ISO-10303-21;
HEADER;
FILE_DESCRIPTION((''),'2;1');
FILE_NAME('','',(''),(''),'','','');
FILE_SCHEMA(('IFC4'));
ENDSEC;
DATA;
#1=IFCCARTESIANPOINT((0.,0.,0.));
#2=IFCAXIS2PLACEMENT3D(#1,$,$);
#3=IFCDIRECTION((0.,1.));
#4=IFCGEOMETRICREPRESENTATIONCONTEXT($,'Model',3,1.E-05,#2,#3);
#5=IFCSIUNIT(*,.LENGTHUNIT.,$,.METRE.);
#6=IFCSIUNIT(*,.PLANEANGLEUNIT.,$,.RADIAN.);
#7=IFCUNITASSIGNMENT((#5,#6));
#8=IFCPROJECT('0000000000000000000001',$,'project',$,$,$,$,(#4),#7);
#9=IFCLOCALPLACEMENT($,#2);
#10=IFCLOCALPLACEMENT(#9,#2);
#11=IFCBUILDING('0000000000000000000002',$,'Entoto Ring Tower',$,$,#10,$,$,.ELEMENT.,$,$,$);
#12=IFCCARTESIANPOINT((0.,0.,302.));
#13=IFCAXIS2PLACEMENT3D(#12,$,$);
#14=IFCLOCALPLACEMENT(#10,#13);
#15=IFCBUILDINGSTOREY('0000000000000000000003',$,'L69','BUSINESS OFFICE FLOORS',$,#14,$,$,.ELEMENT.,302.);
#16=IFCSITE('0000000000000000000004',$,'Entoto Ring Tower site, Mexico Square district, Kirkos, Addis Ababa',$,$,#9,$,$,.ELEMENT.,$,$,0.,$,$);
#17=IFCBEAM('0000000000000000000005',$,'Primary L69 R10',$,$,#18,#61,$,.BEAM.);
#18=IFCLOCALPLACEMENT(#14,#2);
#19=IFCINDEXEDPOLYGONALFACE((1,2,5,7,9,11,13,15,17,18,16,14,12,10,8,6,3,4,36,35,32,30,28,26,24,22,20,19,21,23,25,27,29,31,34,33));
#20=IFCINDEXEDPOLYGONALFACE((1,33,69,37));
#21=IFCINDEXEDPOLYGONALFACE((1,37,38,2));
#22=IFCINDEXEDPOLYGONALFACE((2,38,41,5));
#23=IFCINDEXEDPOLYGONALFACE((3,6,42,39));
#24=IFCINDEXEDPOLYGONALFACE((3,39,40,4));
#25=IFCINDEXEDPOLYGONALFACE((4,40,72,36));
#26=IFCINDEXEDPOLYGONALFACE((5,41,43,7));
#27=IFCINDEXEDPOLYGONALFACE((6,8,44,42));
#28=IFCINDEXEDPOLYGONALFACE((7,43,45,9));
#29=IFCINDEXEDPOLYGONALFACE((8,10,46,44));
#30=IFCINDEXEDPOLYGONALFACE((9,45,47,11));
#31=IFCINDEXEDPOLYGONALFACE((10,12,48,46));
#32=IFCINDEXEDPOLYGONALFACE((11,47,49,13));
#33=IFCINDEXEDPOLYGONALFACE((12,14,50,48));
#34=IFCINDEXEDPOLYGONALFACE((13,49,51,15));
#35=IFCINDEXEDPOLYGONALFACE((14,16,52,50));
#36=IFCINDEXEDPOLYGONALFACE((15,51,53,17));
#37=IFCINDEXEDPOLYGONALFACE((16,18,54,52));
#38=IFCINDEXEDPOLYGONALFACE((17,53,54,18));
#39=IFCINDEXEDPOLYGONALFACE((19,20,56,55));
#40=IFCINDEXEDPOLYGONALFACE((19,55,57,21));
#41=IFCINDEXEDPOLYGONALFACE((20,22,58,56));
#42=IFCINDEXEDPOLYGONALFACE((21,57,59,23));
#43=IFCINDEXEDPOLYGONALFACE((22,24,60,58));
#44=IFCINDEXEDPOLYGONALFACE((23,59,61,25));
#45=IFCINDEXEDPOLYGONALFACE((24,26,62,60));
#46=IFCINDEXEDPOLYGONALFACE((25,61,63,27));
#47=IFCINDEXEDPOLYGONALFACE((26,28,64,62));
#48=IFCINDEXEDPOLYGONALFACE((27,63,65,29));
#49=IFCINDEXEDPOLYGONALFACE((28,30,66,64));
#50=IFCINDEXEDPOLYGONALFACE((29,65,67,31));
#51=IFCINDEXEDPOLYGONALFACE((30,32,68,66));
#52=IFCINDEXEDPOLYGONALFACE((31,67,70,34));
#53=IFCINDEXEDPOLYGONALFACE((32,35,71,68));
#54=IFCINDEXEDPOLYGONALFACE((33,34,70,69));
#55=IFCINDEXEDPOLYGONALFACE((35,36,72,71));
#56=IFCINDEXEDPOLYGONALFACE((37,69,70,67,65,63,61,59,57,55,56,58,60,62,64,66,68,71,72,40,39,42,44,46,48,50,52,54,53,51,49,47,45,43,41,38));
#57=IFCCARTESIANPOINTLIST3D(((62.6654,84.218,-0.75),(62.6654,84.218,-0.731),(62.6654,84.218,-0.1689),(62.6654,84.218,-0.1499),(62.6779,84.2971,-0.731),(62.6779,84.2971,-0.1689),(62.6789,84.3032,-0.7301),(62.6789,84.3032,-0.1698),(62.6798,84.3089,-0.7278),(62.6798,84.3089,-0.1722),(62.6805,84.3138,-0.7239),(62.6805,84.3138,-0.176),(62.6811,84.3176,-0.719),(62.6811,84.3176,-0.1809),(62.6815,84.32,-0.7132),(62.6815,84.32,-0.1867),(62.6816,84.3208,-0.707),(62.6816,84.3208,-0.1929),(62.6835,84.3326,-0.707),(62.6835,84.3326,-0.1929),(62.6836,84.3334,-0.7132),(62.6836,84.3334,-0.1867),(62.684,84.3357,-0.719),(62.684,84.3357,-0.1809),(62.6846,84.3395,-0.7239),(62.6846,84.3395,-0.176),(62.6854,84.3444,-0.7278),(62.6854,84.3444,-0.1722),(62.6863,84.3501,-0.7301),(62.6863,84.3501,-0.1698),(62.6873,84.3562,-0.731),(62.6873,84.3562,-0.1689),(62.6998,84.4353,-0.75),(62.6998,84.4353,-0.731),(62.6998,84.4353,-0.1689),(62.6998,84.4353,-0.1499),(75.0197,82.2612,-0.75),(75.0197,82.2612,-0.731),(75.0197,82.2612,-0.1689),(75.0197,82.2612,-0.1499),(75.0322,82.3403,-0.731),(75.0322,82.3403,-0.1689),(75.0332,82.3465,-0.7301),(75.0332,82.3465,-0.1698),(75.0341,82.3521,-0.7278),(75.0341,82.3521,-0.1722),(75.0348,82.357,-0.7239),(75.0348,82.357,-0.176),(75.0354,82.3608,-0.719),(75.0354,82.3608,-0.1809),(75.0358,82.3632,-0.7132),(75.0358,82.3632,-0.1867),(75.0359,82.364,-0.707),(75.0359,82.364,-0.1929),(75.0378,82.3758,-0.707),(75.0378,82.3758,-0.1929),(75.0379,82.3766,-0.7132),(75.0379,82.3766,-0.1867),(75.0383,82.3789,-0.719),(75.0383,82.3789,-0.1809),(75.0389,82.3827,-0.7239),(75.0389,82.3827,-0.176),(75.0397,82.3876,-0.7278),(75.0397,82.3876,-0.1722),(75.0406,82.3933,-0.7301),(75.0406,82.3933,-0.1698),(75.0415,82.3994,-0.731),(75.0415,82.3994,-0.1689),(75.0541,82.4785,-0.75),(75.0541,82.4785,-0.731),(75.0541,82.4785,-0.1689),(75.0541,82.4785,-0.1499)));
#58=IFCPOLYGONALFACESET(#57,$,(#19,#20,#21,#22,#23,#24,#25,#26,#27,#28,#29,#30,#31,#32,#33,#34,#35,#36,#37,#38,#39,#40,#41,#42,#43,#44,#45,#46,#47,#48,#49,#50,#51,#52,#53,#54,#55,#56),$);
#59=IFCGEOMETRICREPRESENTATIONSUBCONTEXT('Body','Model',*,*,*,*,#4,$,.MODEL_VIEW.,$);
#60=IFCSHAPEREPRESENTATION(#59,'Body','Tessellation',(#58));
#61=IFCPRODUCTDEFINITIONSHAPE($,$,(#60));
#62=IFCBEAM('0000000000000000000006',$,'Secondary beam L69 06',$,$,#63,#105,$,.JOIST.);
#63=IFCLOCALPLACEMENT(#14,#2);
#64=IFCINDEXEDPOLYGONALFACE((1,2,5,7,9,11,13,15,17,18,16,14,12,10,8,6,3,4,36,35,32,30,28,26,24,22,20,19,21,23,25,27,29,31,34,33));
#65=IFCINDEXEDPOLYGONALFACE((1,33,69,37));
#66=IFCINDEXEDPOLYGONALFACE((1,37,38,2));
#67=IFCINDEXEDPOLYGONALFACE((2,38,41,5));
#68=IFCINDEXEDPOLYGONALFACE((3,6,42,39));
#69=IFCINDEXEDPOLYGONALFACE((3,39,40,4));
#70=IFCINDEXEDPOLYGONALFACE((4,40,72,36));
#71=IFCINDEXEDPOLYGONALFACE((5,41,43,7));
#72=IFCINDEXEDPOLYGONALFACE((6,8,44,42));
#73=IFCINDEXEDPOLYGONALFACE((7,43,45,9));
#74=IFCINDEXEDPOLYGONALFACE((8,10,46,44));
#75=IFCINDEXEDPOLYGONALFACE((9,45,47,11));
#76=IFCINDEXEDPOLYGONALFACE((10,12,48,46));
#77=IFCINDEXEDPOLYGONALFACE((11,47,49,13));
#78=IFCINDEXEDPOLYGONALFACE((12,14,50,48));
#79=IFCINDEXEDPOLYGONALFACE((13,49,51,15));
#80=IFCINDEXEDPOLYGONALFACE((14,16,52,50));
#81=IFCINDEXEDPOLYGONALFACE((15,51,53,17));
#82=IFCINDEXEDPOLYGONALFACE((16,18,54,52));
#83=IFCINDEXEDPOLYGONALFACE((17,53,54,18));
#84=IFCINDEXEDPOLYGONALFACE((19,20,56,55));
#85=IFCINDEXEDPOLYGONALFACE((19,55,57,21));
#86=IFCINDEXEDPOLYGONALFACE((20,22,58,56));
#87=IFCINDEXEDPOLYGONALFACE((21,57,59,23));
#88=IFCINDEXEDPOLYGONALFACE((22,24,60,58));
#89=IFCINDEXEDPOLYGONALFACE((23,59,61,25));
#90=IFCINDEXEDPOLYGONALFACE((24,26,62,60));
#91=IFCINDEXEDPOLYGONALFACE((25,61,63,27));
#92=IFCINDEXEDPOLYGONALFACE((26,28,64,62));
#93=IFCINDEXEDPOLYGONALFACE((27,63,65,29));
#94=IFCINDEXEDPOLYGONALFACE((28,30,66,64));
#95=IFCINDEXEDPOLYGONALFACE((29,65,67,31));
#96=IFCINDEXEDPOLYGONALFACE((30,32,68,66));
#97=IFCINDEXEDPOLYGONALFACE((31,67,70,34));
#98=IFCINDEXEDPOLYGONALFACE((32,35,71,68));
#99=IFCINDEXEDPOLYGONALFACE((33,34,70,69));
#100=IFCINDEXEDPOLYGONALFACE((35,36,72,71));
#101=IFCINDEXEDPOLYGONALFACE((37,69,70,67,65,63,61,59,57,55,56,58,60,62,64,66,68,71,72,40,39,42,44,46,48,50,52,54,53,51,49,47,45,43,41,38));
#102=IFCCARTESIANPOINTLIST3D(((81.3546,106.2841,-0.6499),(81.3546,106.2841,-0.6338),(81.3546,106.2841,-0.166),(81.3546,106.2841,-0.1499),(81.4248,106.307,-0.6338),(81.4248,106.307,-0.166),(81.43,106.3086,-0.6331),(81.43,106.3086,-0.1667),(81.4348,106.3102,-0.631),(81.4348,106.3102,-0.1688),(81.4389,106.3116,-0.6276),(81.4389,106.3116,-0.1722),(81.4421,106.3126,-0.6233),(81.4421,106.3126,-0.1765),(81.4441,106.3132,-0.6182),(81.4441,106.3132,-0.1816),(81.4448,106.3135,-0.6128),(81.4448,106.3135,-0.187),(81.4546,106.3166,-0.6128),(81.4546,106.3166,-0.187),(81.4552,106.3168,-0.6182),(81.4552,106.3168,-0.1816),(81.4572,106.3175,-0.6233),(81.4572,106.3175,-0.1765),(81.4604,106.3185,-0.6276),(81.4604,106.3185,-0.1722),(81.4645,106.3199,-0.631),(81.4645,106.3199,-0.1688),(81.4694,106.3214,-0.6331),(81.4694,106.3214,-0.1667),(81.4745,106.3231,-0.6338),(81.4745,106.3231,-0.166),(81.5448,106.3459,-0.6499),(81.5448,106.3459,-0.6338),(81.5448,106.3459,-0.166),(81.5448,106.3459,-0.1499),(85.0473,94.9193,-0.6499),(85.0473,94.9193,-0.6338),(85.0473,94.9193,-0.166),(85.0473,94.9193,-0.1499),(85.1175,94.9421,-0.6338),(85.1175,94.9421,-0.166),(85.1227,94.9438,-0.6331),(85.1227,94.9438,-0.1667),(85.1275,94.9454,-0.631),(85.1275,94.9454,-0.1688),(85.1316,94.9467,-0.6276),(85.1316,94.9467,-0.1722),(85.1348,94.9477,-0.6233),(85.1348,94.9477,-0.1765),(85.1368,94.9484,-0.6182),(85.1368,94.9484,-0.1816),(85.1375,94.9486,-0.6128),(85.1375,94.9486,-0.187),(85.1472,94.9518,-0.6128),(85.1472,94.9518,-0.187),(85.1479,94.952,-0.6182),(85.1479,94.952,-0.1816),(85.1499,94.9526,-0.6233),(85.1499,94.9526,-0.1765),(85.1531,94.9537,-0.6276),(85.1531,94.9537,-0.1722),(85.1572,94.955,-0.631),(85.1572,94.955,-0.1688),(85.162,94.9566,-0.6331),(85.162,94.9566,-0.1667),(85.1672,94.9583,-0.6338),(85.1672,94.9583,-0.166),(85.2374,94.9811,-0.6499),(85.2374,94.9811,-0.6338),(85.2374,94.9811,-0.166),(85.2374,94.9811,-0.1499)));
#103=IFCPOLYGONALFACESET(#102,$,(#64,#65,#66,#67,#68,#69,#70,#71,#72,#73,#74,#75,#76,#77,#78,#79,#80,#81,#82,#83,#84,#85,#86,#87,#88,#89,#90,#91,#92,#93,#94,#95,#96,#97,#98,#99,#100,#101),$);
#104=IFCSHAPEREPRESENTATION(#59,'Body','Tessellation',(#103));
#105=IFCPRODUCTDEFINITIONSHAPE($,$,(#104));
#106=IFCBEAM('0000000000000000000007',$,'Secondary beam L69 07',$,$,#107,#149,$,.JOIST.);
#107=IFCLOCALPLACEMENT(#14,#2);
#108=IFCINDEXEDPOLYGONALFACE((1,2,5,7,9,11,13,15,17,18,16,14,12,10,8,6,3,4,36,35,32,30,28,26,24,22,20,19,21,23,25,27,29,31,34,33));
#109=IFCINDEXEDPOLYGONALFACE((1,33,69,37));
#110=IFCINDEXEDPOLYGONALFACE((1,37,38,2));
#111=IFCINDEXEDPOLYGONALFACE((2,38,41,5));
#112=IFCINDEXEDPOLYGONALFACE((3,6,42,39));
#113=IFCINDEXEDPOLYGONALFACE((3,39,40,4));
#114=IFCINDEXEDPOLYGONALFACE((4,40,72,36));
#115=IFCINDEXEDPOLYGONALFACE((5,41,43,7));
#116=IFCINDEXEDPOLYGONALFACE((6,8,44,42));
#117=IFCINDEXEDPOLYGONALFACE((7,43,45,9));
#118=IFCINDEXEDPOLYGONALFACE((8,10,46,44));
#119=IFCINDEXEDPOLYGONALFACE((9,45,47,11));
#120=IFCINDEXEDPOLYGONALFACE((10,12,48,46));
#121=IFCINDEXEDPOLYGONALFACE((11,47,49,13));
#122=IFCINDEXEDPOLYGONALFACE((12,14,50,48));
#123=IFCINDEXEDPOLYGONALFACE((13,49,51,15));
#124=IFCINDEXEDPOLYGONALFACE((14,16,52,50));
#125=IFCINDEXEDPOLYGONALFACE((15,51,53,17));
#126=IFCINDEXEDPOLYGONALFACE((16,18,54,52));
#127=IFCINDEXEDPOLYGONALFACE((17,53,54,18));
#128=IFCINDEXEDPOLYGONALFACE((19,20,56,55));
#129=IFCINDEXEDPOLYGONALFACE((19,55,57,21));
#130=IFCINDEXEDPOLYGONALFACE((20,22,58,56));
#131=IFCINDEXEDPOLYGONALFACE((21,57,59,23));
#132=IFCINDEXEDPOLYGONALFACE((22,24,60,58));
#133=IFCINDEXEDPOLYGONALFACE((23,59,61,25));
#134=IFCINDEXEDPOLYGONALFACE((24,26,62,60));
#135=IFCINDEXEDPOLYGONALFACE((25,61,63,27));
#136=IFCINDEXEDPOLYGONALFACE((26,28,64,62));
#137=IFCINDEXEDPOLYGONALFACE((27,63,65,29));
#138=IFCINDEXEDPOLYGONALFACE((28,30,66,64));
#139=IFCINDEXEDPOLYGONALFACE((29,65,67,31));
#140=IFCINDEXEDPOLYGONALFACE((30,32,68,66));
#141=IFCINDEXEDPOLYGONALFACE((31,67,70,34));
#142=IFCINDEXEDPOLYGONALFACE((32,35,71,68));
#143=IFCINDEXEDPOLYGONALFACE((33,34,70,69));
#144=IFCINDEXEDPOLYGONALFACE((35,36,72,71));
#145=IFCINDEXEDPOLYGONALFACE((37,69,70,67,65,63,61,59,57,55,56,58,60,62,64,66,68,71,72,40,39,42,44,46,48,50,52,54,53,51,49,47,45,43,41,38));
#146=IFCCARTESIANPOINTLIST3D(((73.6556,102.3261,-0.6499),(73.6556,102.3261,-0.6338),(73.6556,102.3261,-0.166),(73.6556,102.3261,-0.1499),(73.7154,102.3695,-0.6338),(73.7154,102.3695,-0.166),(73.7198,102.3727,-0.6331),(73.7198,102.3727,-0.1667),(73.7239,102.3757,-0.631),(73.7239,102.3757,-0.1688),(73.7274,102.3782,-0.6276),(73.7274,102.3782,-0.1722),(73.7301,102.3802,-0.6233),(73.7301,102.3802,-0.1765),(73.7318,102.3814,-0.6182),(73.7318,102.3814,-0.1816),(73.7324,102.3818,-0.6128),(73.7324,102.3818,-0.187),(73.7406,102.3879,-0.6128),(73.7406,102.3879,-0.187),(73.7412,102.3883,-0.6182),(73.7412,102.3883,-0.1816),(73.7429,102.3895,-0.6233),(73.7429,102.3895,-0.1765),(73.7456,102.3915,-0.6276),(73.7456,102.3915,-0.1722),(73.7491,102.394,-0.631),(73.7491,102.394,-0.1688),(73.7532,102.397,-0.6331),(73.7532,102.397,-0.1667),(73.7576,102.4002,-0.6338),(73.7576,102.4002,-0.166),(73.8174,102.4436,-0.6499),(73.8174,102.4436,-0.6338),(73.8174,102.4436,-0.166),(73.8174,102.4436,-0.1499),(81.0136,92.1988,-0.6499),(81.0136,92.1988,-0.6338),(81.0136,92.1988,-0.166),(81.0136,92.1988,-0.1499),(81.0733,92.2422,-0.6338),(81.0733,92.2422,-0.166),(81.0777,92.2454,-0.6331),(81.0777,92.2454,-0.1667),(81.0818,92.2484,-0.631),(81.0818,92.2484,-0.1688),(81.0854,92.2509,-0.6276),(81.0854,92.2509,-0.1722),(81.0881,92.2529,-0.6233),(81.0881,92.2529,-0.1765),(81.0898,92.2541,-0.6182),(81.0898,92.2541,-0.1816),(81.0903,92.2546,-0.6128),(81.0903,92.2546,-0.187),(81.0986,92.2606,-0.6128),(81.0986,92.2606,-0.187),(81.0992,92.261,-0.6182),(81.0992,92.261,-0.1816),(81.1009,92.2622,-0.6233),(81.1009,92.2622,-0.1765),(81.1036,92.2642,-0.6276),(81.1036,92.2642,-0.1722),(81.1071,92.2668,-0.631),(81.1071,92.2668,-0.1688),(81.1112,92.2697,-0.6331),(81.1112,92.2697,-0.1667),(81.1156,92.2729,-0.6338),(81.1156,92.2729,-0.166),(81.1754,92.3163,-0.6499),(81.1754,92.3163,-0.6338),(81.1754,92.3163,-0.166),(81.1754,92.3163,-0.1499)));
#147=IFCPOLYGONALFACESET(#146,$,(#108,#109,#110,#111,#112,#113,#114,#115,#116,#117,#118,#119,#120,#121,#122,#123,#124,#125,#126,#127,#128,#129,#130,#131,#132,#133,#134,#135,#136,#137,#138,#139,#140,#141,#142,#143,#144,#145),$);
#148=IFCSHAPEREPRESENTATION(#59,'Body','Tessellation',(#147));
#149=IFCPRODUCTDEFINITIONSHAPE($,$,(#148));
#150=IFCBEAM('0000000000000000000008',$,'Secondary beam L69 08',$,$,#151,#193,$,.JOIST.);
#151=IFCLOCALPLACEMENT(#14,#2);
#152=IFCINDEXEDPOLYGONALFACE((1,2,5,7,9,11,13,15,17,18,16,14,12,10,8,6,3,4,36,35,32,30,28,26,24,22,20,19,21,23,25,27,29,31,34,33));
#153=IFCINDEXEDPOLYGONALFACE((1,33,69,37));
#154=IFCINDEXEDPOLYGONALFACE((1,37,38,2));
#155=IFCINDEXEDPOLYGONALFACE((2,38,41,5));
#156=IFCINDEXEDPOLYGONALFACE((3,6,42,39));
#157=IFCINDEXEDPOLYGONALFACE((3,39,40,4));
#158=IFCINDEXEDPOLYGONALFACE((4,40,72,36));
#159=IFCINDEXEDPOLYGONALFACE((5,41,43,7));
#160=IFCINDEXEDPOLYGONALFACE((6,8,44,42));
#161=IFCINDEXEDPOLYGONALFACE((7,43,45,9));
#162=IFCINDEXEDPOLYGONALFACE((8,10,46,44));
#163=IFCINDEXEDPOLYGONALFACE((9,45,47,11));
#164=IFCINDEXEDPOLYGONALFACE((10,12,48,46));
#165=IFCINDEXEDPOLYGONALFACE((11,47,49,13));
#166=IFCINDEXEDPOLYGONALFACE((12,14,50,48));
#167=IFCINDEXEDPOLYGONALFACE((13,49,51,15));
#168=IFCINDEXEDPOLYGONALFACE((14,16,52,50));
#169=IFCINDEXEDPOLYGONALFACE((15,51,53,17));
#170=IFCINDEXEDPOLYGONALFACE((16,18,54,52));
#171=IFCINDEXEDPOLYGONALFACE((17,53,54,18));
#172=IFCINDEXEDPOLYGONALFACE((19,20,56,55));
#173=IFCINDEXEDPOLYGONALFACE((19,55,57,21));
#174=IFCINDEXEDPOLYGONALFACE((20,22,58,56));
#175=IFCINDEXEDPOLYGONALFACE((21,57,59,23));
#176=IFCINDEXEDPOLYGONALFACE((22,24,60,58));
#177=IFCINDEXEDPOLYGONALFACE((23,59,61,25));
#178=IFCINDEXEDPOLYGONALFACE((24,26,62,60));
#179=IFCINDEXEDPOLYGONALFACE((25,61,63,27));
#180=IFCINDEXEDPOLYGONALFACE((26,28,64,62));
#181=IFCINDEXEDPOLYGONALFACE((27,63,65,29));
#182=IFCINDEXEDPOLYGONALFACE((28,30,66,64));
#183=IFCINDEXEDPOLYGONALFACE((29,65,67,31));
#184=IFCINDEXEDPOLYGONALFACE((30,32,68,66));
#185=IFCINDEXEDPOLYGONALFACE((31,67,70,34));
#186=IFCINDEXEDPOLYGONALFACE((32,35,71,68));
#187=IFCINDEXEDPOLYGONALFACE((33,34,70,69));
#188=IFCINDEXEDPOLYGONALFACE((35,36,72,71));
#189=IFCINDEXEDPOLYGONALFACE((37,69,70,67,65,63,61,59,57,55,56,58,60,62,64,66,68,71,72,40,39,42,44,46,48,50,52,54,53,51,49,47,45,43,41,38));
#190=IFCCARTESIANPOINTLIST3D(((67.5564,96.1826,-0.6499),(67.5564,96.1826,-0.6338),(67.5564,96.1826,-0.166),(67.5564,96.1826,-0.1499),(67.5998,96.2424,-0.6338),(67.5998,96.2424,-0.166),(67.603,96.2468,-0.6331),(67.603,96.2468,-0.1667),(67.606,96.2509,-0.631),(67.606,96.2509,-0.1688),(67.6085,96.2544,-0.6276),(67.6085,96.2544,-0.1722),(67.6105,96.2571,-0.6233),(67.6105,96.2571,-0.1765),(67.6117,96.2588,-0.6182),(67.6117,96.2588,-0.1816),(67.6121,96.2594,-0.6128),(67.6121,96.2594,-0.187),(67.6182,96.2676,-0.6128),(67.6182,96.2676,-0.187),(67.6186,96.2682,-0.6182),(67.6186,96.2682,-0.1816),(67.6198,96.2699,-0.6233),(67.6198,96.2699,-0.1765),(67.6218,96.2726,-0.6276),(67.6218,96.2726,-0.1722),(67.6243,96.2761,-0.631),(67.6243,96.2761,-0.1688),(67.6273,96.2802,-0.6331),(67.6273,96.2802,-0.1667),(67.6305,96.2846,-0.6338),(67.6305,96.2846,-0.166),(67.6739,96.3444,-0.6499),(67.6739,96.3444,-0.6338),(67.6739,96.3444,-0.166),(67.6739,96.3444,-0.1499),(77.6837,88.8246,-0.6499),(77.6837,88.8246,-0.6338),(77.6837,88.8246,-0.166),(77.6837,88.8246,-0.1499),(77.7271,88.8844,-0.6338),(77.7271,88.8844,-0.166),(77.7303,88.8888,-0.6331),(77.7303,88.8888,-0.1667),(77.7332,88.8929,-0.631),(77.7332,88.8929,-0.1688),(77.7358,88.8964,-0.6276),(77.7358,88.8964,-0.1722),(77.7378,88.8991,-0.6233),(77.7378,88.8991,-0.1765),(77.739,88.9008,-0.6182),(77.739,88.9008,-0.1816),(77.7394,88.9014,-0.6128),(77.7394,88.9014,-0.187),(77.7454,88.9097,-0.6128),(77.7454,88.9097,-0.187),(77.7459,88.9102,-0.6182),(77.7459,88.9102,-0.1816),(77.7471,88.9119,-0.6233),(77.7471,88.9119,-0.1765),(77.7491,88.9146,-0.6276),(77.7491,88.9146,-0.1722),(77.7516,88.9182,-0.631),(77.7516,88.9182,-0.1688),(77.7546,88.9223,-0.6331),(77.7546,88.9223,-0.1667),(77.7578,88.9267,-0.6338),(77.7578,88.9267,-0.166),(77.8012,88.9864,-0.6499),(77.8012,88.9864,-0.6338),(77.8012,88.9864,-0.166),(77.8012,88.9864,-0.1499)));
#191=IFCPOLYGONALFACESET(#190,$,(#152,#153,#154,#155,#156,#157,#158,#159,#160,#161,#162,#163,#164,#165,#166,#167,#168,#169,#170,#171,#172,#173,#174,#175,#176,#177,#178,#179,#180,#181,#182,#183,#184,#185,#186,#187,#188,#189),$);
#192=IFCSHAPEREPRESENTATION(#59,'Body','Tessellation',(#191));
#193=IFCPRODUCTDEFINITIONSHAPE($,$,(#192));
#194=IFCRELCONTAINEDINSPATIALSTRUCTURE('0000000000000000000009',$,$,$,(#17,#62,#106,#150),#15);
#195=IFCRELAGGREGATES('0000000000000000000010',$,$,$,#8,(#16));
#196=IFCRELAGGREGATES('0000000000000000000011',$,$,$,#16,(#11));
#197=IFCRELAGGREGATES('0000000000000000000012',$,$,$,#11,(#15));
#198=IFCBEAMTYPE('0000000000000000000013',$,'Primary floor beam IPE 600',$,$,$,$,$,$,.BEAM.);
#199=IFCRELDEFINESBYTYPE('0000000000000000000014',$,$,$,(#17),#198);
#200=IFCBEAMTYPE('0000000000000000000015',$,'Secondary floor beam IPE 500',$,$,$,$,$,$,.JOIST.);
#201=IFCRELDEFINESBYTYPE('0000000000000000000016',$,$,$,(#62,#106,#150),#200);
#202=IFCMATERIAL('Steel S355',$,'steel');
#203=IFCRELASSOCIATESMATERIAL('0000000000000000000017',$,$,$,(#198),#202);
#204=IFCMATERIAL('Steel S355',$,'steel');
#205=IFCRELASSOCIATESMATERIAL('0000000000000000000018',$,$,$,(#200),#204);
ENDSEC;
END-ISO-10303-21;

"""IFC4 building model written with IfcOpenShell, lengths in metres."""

from ifc_helpers import new_model, si_unit, direction, frame, origin, origin_2d, place, context, subcontext, project, spatial, i_section, extrude, material, material_profile, profile_set, type_object, element, save


model = new_model("IFC4")

# Units and contexts
model_context = context("Model", 3, precision=1e-05, world=origin(), true_north=direction((0.0, 1.0)))
body_context = subcontext(model_context, "Body", "Model", "MODEL_VIEW")
ifc_project = project(units=[si_unit("LENGTHUNIT", "METRE"), si_unit("PLANEANGLEUNIT", "RADIAN")], contexts=[model_context])

# Site, building, storey
site_placement = place(None, origin())
site = spatial("IfcSite", under=ifc_project, at=site_placement, Name="Entoto Ring Tower site, Mexico Square district, Kirkos, Addis Ababa", CompositionType="ELEMENT", RefElevation=0.0)
building_placement = place(site_placement, origin())
building = spatial("IfcBuilding", under=site, at=building_placement, Name="Entoto Ring Tower", CompositionType="ELEMENT")
storey_placement = place(building_placement, frame((0.0, 0.0, 302.0)))
storey = spatial("IfcBuildingStorey", under=building, at=storey_placement, Name="L69", Description="BUSINESS OFFICE FLOORS", CompositionType="ELEMENT", Elevation=302.0)

# Beams
ifc_material_1 = material(Name="Steel S355", Category="steel")
ifc_material_profile_1 = material_profile(ifc_material_1, i_section(OverallWidth=0.22, OverallDepth=0.6001, WebThickness=0.012, FlangeThickness=0.019, FilletRadius=0.0239, at=origin_2d()), Name="IPE 600")
ifc_profile_set_1 = profile_set([ifc_material_profile_1], Name="Steel S355")
beam_type_1 = type_object("IfcBeamType", Name="Primary floor beam IPE 600", PredefinedType="BEAM", material=ifc_profile_set_1)
beam_1_placement = place(storey_placement, frame((75.0369, 82.3699, -0.45), z_axis=(-0.987688, 0.15644, 0.0), x_axis=(-0.15644, -0.987688, 0.0)))
element("IfcBeam", 1, at=beam_1_placement, inside=storey, type_object=beam_type_1, Name="Primary L69 R10", PredefinedType="BEAM", context=body_context, shape_type="SweptSolid", body=[
    extrude(i_section(OverallWidth=0.22, OverallDepth=0.6001, WebThickness=0.012, FlangeThickness=0.019, FilletRadius=0.0239, at=origin_2d()), origin(), (0.0, 0.0, 1.0), 12.5083),
])
ifc_material_2 = material(Name="Steel S355", Category="steel")
ifc_material_profile_2 = material_profile(ifc_material_2, i_section(OverallWidth=0.2, OverallDepth=0.5, WebThickness=0.0103, FlangeThickness=0.0161, FilletRadius=0.021, at=origin_2d()), Name="IPE 500")
ifc_profile_set_2 = profile_set([ifc_material_profile_2], Name="Steel S355")
beam_type_2 = type_object("IfcBeamType", Name="Secondary floor beam IPE 500", PredefinedType="JOIST", material=ifc_profile_set_2)
beam_2_placement = place(storey_placement, frame((85.1423, 94.9502, -0.3999), z_axis=(-0.309017, 0.951057, 0.0), x_axis=(-0.951057, -0.309017, 0.0)))
element("IfcBeam", 2, at=beam_2_placement, inside=storey, type_object=beam_type_2, Name="Secondary beam L69 06", PredefinedType="JOIST", context=body_context, shape_type="SweptSolid", body=[
    extrude(i_section(OverallWidth=0.2, OverallDepth=0.5, WebThickness=0.0103, FlangeThickness=0.0161, FilletRadius=0.021, at=origin_2d()), origin(), (0.0, 0.0, 1.0), 11.9497),
])
for number, where, z_axis, x_axis, name in (
    (3, (81.0945, 92.2576, -0.3999), (-0.587789, 0.809014, 0.0), (-0.809014, -0.587789, 0.0), "Secondary beam L69 07"),
    (4, (77.7424, 88.9055, -0.3999), (-0.809014, 0.587789, 0.0), (-0.587789, -0.809014, 0.0), "Secondary beam L69 08"),
):
    element("IfcBeam", number, at=place(storey_placement, frame(where, z_axis=z_axis, x_axis=x_axis)), inside=storey, type_object=beam_type_2, Name=name, PredefinedType="JOIST", context=body_context, shape_type="SweptSolid", body=[
        extrude(i_section(OverallWidth=0.2, OverallDepth=0.5, WebThickness=0.0103, FlangeThickness=0.0161, FilletRadius=0.021, at=origin_2d()), origin(), (0.0, 0.0, 1.0), 12.5181),
    ])

save(model, "model.ifc")
